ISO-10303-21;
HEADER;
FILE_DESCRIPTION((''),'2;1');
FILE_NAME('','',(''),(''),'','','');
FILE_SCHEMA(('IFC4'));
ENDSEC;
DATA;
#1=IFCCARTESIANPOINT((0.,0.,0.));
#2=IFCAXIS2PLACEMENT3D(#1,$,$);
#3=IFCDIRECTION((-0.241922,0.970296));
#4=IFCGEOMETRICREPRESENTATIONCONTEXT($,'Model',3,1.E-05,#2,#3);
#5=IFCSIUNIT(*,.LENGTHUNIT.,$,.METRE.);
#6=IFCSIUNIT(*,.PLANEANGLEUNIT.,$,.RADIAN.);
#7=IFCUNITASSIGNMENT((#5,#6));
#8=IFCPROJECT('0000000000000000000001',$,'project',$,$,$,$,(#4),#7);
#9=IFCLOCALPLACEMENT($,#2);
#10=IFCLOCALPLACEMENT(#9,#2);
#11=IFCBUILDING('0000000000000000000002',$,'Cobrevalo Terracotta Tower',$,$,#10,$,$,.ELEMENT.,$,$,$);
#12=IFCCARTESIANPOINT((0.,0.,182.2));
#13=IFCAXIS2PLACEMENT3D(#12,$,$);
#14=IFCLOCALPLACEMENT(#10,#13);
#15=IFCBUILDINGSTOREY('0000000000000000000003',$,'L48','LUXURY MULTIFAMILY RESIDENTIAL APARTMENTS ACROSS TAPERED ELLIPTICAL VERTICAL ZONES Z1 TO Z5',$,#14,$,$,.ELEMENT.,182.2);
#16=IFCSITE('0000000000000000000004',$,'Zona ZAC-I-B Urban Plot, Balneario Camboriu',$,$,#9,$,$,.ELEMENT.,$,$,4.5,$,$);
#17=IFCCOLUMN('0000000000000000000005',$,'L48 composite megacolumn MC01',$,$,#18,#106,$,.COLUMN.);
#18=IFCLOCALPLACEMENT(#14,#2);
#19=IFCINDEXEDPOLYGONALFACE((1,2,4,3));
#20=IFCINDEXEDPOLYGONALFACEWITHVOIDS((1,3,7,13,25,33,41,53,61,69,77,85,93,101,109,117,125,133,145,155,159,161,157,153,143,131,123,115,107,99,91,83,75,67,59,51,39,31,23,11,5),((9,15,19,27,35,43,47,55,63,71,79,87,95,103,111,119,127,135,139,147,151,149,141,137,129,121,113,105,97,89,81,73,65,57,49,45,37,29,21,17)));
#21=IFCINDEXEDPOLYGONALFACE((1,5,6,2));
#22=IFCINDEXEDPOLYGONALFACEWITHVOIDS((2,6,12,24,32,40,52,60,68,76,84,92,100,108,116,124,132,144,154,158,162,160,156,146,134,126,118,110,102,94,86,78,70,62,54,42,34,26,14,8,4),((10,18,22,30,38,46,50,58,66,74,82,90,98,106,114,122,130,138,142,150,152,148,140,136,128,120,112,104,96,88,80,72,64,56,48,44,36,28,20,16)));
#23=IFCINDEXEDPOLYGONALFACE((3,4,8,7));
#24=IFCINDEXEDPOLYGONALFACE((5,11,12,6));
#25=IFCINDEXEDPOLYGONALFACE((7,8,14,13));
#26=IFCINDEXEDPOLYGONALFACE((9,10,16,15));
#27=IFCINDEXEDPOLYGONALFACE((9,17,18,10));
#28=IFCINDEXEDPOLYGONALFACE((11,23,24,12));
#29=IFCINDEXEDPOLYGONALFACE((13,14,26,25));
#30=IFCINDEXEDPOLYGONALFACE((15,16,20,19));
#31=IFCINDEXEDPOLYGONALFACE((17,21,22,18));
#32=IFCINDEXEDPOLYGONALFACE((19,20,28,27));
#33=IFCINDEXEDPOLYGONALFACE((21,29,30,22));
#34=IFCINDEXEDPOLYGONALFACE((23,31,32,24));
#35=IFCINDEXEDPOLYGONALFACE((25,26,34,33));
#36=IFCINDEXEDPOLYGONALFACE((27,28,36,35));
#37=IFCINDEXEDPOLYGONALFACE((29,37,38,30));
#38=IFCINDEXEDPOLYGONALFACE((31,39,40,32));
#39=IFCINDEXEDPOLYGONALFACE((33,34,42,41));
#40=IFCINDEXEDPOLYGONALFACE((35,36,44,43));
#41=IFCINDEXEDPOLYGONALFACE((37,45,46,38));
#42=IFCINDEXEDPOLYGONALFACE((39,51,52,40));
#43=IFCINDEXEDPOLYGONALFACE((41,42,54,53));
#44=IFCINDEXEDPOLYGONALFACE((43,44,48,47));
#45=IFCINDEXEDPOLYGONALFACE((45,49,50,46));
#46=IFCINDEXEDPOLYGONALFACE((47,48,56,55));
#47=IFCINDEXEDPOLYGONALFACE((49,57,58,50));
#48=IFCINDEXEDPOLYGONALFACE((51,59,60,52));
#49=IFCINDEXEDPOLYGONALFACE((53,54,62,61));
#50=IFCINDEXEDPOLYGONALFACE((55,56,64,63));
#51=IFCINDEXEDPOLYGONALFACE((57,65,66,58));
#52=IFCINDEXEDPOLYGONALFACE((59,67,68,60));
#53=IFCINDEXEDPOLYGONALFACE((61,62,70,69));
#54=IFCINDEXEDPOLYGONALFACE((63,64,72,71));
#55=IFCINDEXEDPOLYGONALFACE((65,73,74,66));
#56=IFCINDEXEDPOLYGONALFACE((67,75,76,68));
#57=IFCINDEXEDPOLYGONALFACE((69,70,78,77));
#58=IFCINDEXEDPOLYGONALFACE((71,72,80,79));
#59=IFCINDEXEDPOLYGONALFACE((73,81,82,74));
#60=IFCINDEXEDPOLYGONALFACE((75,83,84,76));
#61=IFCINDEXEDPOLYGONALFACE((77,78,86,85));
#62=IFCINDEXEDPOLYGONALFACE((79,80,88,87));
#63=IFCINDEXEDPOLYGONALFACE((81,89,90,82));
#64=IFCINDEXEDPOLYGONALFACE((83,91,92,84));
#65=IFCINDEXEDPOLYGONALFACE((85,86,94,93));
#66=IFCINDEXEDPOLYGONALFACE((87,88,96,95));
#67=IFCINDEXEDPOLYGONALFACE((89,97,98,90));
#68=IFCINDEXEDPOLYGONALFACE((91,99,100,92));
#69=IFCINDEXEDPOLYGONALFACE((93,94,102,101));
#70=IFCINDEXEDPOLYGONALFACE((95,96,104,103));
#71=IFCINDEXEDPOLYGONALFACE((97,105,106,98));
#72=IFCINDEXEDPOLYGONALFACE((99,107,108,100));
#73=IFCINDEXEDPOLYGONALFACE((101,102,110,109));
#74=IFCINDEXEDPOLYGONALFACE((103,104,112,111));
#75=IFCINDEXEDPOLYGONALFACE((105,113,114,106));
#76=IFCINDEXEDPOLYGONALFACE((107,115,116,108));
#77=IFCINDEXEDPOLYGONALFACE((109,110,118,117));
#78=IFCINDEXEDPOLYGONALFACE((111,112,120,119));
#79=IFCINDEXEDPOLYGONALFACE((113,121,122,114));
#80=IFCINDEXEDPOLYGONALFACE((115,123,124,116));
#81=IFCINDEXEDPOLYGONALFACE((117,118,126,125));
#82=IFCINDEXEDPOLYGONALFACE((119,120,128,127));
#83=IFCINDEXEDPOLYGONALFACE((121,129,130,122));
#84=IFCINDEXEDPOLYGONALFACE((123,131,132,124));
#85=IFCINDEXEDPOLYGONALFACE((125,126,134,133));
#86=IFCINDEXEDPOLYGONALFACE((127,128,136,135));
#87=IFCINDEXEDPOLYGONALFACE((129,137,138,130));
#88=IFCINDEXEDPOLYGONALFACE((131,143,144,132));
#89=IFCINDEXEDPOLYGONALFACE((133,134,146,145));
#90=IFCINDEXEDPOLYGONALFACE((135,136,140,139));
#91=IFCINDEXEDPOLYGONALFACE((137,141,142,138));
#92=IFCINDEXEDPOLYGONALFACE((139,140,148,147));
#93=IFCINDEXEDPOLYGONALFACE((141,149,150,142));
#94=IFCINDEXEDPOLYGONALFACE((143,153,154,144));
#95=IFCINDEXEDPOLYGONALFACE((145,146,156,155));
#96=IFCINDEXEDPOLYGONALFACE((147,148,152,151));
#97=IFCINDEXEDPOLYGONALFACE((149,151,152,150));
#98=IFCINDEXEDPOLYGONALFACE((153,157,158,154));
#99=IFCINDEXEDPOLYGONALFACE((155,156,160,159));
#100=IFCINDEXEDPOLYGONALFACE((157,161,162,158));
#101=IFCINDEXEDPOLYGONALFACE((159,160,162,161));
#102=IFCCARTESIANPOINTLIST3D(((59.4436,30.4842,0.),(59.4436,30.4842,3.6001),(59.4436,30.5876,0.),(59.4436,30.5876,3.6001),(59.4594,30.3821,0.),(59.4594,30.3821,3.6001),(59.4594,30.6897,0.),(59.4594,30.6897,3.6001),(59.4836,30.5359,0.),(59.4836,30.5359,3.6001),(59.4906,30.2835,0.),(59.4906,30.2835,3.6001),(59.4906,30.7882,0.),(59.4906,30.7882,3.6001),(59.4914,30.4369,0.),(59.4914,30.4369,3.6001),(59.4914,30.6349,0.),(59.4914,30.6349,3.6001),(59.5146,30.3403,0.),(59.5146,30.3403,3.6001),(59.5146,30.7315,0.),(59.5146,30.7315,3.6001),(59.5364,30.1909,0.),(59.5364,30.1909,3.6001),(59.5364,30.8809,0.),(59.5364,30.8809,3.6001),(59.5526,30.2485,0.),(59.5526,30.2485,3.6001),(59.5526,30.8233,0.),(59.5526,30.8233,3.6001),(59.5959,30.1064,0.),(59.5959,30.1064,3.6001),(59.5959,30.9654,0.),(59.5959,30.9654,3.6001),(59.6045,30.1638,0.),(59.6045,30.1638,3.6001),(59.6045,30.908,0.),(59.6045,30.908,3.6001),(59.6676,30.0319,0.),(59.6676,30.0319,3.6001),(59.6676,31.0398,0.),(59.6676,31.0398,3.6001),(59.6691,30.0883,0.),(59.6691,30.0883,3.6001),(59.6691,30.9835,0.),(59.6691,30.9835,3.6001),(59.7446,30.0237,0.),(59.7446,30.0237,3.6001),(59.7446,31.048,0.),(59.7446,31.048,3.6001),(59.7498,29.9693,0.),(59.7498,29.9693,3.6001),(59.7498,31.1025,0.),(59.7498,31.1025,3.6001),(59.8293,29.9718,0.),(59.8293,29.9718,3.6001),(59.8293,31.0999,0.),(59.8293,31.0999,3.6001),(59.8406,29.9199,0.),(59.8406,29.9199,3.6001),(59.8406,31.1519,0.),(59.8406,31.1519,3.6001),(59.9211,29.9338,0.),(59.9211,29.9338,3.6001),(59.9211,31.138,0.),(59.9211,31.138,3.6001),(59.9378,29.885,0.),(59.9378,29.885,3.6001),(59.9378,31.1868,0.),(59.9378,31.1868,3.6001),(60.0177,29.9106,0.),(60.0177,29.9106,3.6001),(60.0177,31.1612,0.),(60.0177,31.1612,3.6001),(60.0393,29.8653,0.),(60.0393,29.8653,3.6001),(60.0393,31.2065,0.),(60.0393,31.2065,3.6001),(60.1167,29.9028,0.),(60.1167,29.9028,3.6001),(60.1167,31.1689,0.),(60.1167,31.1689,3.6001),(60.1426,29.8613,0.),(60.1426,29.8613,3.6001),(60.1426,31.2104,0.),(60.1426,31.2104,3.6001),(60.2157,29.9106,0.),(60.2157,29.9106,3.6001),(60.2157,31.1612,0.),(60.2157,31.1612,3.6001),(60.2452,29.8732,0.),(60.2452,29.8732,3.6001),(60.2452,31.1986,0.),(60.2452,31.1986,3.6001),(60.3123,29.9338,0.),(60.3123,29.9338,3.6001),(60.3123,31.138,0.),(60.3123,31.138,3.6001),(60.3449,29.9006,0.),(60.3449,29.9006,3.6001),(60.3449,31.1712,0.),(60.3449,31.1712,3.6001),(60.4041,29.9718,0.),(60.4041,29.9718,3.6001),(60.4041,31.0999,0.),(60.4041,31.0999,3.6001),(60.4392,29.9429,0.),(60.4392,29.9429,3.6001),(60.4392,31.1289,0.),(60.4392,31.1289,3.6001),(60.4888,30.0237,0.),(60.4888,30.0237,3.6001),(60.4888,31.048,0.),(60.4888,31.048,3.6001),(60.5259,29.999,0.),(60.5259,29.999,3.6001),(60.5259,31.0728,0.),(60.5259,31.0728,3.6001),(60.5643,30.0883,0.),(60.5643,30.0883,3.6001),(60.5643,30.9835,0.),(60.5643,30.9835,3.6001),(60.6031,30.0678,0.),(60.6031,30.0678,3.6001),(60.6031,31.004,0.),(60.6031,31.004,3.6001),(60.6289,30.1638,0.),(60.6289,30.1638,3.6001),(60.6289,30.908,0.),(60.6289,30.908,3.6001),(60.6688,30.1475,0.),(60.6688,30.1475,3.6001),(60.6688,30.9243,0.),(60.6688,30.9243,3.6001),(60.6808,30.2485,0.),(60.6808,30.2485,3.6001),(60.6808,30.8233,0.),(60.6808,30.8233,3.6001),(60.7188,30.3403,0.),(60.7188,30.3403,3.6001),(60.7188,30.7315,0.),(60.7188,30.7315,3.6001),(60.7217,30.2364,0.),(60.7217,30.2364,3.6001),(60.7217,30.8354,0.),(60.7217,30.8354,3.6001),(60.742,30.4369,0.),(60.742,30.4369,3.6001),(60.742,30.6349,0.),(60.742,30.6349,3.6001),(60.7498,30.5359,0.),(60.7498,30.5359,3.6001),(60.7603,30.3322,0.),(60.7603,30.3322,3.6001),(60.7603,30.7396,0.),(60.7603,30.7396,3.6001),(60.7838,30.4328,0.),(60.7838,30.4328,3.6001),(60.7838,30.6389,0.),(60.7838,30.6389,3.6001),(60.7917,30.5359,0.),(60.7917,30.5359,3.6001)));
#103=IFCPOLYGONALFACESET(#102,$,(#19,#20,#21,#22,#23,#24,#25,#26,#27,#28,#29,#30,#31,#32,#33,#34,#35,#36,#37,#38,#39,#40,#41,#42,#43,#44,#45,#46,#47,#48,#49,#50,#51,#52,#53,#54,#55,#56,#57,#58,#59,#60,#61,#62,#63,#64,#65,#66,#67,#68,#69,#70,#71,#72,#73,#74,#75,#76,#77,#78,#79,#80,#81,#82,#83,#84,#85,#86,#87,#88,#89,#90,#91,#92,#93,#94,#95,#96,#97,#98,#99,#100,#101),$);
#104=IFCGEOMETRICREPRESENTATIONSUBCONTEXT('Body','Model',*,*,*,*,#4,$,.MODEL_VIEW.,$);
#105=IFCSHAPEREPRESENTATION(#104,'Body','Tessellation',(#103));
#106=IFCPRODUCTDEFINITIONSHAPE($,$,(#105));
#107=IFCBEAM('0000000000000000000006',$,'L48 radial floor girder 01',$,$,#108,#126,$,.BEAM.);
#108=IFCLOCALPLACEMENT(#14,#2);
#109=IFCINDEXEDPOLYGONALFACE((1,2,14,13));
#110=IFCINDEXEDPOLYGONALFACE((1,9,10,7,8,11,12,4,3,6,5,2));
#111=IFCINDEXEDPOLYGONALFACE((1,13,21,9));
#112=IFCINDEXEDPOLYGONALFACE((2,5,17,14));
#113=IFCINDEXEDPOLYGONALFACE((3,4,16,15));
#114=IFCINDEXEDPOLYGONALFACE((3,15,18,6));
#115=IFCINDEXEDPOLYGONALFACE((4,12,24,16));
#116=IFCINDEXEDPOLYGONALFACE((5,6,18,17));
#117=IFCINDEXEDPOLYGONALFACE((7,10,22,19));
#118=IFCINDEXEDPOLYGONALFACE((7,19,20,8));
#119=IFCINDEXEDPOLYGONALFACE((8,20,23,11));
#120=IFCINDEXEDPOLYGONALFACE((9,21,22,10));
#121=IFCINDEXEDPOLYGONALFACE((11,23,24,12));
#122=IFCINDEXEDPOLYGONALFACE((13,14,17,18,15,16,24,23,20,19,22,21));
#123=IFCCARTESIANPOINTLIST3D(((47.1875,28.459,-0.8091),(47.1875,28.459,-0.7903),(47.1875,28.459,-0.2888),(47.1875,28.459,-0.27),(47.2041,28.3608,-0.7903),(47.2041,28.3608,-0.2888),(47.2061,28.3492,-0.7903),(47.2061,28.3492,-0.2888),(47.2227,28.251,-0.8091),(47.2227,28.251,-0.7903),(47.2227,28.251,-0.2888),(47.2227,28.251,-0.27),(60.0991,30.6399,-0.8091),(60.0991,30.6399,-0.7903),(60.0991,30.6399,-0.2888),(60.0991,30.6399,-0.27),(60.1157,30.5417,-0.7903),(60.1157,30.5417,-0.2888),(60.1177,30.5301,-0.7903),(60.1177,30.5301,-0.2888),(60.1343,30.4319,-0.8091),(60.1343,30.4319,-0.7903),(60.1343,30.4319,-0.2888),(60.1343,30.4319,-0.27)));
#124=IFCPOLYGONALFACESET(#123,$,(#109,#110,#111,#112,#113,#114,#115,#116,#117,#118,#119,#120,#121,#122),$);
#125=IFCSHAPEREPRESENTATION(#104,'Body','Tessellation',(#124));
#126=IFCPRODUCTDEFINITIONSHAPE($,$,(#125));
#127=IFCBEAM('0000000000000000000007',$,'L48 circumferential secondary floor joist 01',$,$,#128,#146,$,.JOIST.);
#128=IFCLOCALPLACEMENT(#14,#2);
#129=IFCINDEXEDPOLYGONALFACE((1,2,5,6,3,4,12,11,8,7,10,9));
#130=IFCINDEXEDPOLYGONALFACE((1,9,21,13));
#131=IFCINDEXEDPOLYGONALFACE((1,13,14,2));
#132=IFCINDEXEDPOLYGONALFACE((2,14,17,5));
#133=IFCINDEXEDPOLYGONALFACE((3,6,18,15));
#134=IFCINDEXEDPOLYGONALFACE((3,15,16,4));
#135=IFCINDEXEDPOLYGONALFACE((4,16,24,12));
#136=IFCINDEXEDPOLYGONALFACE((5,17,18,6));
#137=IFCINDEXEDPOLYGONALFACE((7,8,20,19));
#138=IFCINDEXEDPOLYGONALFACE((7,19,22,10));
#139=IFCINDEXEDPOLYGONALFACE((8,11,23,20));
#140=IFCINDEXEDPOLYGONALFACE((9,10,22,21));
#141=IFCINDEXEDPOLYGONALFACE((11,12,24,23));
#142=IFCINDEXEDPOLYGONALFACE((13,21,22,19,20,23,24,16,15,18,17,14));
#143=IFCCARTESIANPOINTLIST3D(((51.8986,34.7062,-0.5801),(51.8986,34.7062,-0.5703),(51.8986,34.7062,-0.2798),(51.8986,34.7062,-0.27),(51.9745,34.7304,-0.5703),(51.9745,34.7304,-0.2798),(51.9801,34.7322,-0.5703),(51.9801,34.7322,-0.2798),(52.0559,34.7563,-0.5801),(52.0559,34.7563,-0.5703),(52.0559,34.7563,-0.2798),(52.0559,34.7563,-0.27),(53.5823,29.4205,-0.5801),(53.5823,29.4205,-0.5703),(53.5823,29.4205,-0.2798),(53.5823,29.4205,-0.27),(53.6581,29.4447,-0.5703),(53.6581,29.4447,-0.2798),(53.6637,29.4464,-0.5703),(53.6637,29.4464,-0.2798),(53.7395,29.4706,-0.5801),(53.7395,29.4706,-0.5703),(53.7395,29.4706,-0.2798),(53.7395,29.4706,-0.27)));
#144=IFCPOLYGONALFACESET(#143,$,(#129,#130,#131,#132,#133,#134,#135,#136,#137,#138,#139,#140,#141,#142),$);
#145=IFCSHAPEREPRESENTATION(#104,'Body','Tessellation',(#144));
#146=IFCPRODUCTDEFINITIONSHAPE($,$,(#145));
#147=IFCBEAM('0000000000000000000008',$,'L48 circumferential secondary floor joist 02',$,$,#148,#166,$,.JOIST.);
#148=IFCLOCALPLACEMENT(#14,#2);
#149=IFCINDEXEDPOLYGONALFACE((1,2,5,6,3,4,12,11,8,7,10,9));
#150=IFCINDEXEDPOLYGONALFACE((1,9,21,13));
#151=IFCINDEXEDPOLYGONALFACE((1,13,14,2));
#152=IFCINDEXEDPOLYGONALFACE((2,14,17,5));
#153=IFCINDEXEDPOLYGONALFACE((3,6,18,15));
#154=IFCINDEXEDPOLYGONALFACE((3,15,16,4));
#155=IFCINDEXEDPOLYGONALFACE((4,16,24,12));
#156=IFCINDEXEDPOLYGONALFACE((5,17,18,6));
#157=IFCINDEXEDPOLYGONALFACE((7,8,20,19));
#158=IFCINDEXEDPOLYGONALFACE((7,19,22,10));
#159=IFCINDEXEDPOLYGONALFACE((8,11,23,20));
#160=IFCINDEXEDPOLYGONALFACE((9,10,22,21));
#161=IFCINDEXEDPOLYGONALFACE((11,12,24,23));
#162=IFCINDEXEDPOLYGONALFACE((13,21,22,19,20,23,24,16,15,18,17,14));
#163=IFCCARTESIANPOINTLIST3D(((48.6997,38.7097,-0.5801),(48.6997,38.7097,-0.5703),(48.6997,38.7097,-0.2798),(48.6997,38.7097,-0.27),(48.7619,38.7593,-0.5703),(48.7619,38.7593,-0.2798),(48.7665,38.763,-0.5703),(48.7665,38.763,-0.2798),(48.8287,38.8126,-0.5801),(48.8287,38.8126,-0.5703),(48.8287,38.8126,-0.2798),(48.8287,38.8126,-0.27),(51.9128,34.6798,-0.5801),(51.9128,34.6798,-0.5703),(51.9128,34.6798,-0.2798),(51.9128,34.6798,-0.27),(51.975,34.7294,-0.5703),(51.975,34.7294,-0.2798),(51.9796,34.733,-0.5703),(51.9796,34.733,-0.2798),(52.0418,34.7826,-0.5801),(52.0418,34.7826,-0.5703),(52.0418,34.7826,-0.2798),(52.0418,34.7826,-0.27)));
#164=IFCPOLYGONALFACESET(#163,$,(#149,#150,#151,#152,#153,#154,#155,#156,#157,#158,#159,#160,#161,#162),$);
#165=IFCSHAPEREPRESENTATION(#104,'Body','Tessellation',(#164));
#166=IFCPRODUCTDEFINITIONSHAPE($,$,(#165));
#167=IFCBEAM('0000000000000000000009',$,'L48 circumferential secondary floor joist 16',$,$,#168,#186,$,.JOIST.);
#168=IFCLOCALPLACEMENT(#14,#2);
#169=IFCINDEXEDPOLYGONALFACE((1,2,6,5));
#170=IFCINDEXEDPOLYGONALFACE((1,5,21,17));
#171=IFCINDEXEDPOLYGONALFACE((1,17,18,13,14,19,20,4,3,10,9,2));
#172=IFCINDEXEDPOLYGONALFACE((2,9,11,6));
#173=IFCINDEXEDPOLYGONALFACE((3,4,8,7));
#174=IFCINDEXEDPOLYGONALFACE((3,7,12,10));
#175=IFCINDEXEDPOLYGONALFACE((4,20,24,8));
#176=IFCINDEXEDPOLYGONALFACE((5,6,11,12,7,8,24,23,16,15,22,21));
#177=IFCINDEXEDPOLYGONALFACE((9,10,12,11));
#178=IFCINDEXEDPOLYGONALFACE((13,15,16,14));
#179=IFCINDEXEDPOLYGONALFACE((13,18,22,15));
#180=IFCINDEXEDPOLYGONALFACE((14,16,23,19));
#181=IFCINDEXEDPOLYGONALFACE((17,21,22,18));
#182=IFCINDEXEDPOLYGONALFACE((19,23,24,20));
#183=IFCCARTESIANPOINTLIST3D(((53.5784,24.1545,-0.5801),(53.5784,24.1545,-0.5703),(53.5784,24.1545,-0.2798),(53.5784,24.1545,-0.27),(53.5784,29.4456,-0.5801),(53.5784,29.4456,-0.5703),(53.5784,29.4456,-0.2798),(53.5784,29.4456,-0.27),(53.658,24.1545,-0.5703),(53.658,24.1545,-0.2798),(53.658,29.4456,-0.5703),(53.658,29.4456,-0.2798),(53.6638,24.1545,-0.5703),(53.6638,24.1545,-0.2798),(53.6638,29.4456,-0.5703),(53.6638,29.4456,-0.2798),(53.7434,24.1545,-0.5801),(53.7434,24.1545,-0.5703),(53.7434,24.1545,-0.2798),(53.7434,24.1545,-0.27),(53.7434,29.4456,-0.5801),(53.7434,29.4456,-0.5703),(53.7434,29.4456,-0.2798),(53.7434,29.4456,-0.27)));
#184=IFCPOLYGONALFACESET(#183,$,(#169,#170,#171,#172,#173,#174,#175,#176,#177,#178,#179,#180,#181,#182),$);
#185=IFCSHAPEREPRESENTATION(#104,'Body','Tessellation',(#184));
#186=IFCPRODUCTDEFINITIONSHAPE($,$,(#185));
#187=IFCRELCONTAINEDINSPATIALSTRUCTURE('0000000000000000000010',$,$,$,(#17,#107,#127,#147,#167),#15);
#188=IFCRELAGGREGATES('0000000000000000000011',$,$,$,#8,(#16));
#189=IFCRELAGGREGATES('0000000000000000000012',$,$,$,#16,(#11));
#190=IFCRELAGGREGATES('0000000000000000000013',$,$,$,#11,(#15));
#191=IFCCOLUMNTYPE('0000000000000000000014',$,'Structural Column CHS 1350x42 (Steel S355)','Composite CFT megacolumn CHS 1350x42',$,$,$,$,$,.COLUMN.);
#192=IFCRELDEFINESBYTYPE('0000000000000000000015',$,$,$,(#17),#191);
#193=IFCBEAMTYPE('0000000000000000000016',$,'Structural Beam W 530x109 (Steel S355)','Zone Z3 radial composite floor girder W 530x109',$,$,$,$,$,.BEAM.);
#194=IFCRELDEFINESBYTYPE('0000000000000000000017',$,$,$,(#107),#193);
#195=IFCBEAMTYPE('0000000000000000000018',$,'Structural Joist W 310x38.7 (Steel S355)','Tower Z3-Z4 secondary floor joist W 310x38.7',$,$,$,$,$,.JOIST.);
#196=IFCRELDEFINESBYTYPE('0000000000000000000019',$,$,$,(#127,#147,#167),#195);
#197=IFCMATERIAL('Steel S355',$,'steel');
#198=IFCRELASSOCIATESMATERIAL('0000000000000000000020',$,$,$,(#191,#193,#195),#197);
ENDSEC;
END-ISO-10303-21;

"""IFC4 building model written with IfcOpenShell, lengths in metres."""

from ifc_helpers import new_model, si_unit, direction, frame, origin, origin_2d, place, context, subcontext, project, spatial, hollow_circle, i_section, extrude, material, material_profile, profile_set, type_object, element, save


model = new_model("IFC4")

# Units and contexts
model_context = context("Model", 3, precision=1e-05, world=origin(), true_north=direction((-0.241922, 0.970296)))
body_context = subcontext(model_context, "Body", "Model", "MODEL_VIEW")
ifc_project = project(units=[si_unit("LENGTHUNIT", "METRE"), si_unit("PLANEANGLEUNIT", "RADIAN")], contexts=[model_context])

# Site, building, storey
site_placement = place(None, origin())
site = spatial("IfcSite", under=ifc_project, at=site_placement, Name="Zona ZAC-I-B Urban Plot, Balneario Camboriu", CompositionType="ELEMENT", RefElevation=4.5)
building_placement = place(site_placement, origin())
building = spatial("IfcBuilding", under=site, at=building_placement, Name="Cobrevalo Terracotta Tower", CompositionType="ELEMENT")
storey_placement = place(building_placement, frame((0.0, 0.0, 182.2)))
storey = spatial("IfcBuildingStorey", under=building, at=storey_placement, Name="L48", Description="LUXURY MULTIFAMILY RESIDENTIAL APARTMENTS ACROSS TAPERED ELLIPTICAL VERTICAL ZONES Z1 TO Z5", CompositionType="ELEMENT", Elevation=182.2)

# Column
ifc_material_1 = material(Name="Steel S355", Category="steel")
ifc_material_profile_1 = material_profile(ifc_material_1, hollow_circle(Radius=0.675, WallThickness=0.042, at=origin_2d()), Name="CHS 1350x42")
ifc_profile_set_1 = profile_set([ifc_material_profile_1], Name="Steel S355")
column_type = type_object("IfcColumnType", Name="Structural Column CHS 1350x42 (Steel S355)", Description="Composite CFT megacolumn CHS 1350x42", PredefinedType="COLUMN", material=ifc_profile_set_1)
column_placement = place(storey_placement, frame((60.1167, 30.5359, 0.0), z_axis=(0.0, 0.0, 1.0), x_axis=(1.0, 0.0, 0.0)))
element("IfcColumn", 1, at=column_placement, inside=storey, type_object=column_type, Name="L48 composite megacolumn MC01", PredefinedType="COLUMN", context=body_context, shape_type="SweptSolid", body=[
    extrude(hollow_circle(Radius=0.675, WallThickness=0.042, at=origin_2d()), origin(), (0.0, 0.0, 1.0), 3.6001),
])

# Beams
ifc_material_profile_2 = material_profile(ifc_material_1, i_section(OverallWidth=0.2109, OverallDepth=0.5391, WebThickness=0.0117, FlangeThickness=0.0188, at=origin_2d()), Name="W 530x109")
ifc_profile_set_2 = profile_set([ifc_material_profile_2], Name="Steel S355")
beam_type_1 = type_object("IfcBeamType", Name="Structural Beam W 530x109 (Steel S355)", Description="Zone Z3 radial composite floor girder W 530x109", PredefinedType="BEAM", material=ifc_profile_set_2)
beam_1_placement = place(storey_placement, frame((60.1167, 30.5359, -0.5396), z_axis=(-0.986033, -0.166551, 0.0), x_axis=(0.166551, -0.986033, 0.0)))
element("IfcBeam", 2, at=beam_1_placement, inside=storey, type_object=beam_type_1, Name="L48 radial floor girder 01", PredefinedType="BEAM", context=body_context, shape_type="SweptSolid", body=[
    extrude(i_section(OverallWidth=0.2109, OverallDepth=0.5391, WebThickness=0.0117, FlangeThickness=0.0188, at=origin_2d()), origin(), (0.0, 0.0, 1.0), 13.0945),
])
ifc_material_profile_3 = material_profile(ifc_material_1, i_section(OverallWidth=0.165, OverallDepth=0.3101, WebThickness=0.0059, FlangeThickness=0.0098, at=origin_2d()), Name="W 310x38.7")
ifc_profile_set_3 = profile_set([ifc_material_profile_3], Name="Steel S355")
beam_type_2 = type_object("IfcBeamType", Name="Structural Joist W 310x38.7 (Steel S355)", Description="Tower Z3-Z4 secondary floor joist W 310x38.7", PredefinedType="JOIST", material=ifc_profile_set_3)
beam_2_placement = place(storey_placement, frame((53.6609, 29.4456, -0.425), z_axis=(-0.303498, 0.952832, 0.0), x_axis=(-0.952832, -0.303498, 0.0)))
element("IfcBeam", 3, at=beam_2_placement, inside=storey, type_object=beam_type_2, Name="L48 circumferential secondary floor joist 01", PredefinedType="JOIST", context=body_context, shape_type="SweptSolid", body=[
    extrude(i_section(OverallWidth=0.165, OverallDepth=0.3101, WebThickness=0.0059, FlangeThickness=0.0098, at=origin_2d()), origin(), (0.0, 0.0, 1.0), 5.5474),
])
beam_3_placement = place(storey_placement, frame((51.9773, 34.7312, -0.425), z_axis=(-0.623406, 0.781898, 0.0), x_axis=(-0.781898, -0.623406, 0.0)))
element("IfcBeam", 4, at=beam_3_placement, inside=storey, type_object=beam_type_2, Name="L48 circumferential secondary floor joist 02", PredefinedType="JOIST", context=body_context, shape_type="SweptSolid", body=[
    extrude(i_section(OverallWidth=0.165, OverallDepth=0.3101, WebThickness=0.0059, FlangeThickness=0.0098, at=origin_2d()), origin(), (0.0, 0.0, 1.0), 5.1541),
])
beam_4_placement = place(storey_placement, frame((53.6609, 24.1545, -0.425), z_axis=(0.0, 1.0, 0.0), x_axis=(-1.0, 0.0, 0.0)))
element("IfcBeam", 5, at=beam_4_placement, inside=storey, type_object=beam_type_2, Name="L48 circumferential secondary floor joist 16", PredefinedType="JOIST", context=body_context, shape_type="SweptSolid", body=[
    extrude(i_section(OverallWidth=0.165, OverallDepth=0.3101, WebThickness=0.0059, FlangeThickness=0.0098, at=origin_2d()), origin(), (0.0, 0.0, 1.0), 5.291),
])

save(model, "model.ifc")
